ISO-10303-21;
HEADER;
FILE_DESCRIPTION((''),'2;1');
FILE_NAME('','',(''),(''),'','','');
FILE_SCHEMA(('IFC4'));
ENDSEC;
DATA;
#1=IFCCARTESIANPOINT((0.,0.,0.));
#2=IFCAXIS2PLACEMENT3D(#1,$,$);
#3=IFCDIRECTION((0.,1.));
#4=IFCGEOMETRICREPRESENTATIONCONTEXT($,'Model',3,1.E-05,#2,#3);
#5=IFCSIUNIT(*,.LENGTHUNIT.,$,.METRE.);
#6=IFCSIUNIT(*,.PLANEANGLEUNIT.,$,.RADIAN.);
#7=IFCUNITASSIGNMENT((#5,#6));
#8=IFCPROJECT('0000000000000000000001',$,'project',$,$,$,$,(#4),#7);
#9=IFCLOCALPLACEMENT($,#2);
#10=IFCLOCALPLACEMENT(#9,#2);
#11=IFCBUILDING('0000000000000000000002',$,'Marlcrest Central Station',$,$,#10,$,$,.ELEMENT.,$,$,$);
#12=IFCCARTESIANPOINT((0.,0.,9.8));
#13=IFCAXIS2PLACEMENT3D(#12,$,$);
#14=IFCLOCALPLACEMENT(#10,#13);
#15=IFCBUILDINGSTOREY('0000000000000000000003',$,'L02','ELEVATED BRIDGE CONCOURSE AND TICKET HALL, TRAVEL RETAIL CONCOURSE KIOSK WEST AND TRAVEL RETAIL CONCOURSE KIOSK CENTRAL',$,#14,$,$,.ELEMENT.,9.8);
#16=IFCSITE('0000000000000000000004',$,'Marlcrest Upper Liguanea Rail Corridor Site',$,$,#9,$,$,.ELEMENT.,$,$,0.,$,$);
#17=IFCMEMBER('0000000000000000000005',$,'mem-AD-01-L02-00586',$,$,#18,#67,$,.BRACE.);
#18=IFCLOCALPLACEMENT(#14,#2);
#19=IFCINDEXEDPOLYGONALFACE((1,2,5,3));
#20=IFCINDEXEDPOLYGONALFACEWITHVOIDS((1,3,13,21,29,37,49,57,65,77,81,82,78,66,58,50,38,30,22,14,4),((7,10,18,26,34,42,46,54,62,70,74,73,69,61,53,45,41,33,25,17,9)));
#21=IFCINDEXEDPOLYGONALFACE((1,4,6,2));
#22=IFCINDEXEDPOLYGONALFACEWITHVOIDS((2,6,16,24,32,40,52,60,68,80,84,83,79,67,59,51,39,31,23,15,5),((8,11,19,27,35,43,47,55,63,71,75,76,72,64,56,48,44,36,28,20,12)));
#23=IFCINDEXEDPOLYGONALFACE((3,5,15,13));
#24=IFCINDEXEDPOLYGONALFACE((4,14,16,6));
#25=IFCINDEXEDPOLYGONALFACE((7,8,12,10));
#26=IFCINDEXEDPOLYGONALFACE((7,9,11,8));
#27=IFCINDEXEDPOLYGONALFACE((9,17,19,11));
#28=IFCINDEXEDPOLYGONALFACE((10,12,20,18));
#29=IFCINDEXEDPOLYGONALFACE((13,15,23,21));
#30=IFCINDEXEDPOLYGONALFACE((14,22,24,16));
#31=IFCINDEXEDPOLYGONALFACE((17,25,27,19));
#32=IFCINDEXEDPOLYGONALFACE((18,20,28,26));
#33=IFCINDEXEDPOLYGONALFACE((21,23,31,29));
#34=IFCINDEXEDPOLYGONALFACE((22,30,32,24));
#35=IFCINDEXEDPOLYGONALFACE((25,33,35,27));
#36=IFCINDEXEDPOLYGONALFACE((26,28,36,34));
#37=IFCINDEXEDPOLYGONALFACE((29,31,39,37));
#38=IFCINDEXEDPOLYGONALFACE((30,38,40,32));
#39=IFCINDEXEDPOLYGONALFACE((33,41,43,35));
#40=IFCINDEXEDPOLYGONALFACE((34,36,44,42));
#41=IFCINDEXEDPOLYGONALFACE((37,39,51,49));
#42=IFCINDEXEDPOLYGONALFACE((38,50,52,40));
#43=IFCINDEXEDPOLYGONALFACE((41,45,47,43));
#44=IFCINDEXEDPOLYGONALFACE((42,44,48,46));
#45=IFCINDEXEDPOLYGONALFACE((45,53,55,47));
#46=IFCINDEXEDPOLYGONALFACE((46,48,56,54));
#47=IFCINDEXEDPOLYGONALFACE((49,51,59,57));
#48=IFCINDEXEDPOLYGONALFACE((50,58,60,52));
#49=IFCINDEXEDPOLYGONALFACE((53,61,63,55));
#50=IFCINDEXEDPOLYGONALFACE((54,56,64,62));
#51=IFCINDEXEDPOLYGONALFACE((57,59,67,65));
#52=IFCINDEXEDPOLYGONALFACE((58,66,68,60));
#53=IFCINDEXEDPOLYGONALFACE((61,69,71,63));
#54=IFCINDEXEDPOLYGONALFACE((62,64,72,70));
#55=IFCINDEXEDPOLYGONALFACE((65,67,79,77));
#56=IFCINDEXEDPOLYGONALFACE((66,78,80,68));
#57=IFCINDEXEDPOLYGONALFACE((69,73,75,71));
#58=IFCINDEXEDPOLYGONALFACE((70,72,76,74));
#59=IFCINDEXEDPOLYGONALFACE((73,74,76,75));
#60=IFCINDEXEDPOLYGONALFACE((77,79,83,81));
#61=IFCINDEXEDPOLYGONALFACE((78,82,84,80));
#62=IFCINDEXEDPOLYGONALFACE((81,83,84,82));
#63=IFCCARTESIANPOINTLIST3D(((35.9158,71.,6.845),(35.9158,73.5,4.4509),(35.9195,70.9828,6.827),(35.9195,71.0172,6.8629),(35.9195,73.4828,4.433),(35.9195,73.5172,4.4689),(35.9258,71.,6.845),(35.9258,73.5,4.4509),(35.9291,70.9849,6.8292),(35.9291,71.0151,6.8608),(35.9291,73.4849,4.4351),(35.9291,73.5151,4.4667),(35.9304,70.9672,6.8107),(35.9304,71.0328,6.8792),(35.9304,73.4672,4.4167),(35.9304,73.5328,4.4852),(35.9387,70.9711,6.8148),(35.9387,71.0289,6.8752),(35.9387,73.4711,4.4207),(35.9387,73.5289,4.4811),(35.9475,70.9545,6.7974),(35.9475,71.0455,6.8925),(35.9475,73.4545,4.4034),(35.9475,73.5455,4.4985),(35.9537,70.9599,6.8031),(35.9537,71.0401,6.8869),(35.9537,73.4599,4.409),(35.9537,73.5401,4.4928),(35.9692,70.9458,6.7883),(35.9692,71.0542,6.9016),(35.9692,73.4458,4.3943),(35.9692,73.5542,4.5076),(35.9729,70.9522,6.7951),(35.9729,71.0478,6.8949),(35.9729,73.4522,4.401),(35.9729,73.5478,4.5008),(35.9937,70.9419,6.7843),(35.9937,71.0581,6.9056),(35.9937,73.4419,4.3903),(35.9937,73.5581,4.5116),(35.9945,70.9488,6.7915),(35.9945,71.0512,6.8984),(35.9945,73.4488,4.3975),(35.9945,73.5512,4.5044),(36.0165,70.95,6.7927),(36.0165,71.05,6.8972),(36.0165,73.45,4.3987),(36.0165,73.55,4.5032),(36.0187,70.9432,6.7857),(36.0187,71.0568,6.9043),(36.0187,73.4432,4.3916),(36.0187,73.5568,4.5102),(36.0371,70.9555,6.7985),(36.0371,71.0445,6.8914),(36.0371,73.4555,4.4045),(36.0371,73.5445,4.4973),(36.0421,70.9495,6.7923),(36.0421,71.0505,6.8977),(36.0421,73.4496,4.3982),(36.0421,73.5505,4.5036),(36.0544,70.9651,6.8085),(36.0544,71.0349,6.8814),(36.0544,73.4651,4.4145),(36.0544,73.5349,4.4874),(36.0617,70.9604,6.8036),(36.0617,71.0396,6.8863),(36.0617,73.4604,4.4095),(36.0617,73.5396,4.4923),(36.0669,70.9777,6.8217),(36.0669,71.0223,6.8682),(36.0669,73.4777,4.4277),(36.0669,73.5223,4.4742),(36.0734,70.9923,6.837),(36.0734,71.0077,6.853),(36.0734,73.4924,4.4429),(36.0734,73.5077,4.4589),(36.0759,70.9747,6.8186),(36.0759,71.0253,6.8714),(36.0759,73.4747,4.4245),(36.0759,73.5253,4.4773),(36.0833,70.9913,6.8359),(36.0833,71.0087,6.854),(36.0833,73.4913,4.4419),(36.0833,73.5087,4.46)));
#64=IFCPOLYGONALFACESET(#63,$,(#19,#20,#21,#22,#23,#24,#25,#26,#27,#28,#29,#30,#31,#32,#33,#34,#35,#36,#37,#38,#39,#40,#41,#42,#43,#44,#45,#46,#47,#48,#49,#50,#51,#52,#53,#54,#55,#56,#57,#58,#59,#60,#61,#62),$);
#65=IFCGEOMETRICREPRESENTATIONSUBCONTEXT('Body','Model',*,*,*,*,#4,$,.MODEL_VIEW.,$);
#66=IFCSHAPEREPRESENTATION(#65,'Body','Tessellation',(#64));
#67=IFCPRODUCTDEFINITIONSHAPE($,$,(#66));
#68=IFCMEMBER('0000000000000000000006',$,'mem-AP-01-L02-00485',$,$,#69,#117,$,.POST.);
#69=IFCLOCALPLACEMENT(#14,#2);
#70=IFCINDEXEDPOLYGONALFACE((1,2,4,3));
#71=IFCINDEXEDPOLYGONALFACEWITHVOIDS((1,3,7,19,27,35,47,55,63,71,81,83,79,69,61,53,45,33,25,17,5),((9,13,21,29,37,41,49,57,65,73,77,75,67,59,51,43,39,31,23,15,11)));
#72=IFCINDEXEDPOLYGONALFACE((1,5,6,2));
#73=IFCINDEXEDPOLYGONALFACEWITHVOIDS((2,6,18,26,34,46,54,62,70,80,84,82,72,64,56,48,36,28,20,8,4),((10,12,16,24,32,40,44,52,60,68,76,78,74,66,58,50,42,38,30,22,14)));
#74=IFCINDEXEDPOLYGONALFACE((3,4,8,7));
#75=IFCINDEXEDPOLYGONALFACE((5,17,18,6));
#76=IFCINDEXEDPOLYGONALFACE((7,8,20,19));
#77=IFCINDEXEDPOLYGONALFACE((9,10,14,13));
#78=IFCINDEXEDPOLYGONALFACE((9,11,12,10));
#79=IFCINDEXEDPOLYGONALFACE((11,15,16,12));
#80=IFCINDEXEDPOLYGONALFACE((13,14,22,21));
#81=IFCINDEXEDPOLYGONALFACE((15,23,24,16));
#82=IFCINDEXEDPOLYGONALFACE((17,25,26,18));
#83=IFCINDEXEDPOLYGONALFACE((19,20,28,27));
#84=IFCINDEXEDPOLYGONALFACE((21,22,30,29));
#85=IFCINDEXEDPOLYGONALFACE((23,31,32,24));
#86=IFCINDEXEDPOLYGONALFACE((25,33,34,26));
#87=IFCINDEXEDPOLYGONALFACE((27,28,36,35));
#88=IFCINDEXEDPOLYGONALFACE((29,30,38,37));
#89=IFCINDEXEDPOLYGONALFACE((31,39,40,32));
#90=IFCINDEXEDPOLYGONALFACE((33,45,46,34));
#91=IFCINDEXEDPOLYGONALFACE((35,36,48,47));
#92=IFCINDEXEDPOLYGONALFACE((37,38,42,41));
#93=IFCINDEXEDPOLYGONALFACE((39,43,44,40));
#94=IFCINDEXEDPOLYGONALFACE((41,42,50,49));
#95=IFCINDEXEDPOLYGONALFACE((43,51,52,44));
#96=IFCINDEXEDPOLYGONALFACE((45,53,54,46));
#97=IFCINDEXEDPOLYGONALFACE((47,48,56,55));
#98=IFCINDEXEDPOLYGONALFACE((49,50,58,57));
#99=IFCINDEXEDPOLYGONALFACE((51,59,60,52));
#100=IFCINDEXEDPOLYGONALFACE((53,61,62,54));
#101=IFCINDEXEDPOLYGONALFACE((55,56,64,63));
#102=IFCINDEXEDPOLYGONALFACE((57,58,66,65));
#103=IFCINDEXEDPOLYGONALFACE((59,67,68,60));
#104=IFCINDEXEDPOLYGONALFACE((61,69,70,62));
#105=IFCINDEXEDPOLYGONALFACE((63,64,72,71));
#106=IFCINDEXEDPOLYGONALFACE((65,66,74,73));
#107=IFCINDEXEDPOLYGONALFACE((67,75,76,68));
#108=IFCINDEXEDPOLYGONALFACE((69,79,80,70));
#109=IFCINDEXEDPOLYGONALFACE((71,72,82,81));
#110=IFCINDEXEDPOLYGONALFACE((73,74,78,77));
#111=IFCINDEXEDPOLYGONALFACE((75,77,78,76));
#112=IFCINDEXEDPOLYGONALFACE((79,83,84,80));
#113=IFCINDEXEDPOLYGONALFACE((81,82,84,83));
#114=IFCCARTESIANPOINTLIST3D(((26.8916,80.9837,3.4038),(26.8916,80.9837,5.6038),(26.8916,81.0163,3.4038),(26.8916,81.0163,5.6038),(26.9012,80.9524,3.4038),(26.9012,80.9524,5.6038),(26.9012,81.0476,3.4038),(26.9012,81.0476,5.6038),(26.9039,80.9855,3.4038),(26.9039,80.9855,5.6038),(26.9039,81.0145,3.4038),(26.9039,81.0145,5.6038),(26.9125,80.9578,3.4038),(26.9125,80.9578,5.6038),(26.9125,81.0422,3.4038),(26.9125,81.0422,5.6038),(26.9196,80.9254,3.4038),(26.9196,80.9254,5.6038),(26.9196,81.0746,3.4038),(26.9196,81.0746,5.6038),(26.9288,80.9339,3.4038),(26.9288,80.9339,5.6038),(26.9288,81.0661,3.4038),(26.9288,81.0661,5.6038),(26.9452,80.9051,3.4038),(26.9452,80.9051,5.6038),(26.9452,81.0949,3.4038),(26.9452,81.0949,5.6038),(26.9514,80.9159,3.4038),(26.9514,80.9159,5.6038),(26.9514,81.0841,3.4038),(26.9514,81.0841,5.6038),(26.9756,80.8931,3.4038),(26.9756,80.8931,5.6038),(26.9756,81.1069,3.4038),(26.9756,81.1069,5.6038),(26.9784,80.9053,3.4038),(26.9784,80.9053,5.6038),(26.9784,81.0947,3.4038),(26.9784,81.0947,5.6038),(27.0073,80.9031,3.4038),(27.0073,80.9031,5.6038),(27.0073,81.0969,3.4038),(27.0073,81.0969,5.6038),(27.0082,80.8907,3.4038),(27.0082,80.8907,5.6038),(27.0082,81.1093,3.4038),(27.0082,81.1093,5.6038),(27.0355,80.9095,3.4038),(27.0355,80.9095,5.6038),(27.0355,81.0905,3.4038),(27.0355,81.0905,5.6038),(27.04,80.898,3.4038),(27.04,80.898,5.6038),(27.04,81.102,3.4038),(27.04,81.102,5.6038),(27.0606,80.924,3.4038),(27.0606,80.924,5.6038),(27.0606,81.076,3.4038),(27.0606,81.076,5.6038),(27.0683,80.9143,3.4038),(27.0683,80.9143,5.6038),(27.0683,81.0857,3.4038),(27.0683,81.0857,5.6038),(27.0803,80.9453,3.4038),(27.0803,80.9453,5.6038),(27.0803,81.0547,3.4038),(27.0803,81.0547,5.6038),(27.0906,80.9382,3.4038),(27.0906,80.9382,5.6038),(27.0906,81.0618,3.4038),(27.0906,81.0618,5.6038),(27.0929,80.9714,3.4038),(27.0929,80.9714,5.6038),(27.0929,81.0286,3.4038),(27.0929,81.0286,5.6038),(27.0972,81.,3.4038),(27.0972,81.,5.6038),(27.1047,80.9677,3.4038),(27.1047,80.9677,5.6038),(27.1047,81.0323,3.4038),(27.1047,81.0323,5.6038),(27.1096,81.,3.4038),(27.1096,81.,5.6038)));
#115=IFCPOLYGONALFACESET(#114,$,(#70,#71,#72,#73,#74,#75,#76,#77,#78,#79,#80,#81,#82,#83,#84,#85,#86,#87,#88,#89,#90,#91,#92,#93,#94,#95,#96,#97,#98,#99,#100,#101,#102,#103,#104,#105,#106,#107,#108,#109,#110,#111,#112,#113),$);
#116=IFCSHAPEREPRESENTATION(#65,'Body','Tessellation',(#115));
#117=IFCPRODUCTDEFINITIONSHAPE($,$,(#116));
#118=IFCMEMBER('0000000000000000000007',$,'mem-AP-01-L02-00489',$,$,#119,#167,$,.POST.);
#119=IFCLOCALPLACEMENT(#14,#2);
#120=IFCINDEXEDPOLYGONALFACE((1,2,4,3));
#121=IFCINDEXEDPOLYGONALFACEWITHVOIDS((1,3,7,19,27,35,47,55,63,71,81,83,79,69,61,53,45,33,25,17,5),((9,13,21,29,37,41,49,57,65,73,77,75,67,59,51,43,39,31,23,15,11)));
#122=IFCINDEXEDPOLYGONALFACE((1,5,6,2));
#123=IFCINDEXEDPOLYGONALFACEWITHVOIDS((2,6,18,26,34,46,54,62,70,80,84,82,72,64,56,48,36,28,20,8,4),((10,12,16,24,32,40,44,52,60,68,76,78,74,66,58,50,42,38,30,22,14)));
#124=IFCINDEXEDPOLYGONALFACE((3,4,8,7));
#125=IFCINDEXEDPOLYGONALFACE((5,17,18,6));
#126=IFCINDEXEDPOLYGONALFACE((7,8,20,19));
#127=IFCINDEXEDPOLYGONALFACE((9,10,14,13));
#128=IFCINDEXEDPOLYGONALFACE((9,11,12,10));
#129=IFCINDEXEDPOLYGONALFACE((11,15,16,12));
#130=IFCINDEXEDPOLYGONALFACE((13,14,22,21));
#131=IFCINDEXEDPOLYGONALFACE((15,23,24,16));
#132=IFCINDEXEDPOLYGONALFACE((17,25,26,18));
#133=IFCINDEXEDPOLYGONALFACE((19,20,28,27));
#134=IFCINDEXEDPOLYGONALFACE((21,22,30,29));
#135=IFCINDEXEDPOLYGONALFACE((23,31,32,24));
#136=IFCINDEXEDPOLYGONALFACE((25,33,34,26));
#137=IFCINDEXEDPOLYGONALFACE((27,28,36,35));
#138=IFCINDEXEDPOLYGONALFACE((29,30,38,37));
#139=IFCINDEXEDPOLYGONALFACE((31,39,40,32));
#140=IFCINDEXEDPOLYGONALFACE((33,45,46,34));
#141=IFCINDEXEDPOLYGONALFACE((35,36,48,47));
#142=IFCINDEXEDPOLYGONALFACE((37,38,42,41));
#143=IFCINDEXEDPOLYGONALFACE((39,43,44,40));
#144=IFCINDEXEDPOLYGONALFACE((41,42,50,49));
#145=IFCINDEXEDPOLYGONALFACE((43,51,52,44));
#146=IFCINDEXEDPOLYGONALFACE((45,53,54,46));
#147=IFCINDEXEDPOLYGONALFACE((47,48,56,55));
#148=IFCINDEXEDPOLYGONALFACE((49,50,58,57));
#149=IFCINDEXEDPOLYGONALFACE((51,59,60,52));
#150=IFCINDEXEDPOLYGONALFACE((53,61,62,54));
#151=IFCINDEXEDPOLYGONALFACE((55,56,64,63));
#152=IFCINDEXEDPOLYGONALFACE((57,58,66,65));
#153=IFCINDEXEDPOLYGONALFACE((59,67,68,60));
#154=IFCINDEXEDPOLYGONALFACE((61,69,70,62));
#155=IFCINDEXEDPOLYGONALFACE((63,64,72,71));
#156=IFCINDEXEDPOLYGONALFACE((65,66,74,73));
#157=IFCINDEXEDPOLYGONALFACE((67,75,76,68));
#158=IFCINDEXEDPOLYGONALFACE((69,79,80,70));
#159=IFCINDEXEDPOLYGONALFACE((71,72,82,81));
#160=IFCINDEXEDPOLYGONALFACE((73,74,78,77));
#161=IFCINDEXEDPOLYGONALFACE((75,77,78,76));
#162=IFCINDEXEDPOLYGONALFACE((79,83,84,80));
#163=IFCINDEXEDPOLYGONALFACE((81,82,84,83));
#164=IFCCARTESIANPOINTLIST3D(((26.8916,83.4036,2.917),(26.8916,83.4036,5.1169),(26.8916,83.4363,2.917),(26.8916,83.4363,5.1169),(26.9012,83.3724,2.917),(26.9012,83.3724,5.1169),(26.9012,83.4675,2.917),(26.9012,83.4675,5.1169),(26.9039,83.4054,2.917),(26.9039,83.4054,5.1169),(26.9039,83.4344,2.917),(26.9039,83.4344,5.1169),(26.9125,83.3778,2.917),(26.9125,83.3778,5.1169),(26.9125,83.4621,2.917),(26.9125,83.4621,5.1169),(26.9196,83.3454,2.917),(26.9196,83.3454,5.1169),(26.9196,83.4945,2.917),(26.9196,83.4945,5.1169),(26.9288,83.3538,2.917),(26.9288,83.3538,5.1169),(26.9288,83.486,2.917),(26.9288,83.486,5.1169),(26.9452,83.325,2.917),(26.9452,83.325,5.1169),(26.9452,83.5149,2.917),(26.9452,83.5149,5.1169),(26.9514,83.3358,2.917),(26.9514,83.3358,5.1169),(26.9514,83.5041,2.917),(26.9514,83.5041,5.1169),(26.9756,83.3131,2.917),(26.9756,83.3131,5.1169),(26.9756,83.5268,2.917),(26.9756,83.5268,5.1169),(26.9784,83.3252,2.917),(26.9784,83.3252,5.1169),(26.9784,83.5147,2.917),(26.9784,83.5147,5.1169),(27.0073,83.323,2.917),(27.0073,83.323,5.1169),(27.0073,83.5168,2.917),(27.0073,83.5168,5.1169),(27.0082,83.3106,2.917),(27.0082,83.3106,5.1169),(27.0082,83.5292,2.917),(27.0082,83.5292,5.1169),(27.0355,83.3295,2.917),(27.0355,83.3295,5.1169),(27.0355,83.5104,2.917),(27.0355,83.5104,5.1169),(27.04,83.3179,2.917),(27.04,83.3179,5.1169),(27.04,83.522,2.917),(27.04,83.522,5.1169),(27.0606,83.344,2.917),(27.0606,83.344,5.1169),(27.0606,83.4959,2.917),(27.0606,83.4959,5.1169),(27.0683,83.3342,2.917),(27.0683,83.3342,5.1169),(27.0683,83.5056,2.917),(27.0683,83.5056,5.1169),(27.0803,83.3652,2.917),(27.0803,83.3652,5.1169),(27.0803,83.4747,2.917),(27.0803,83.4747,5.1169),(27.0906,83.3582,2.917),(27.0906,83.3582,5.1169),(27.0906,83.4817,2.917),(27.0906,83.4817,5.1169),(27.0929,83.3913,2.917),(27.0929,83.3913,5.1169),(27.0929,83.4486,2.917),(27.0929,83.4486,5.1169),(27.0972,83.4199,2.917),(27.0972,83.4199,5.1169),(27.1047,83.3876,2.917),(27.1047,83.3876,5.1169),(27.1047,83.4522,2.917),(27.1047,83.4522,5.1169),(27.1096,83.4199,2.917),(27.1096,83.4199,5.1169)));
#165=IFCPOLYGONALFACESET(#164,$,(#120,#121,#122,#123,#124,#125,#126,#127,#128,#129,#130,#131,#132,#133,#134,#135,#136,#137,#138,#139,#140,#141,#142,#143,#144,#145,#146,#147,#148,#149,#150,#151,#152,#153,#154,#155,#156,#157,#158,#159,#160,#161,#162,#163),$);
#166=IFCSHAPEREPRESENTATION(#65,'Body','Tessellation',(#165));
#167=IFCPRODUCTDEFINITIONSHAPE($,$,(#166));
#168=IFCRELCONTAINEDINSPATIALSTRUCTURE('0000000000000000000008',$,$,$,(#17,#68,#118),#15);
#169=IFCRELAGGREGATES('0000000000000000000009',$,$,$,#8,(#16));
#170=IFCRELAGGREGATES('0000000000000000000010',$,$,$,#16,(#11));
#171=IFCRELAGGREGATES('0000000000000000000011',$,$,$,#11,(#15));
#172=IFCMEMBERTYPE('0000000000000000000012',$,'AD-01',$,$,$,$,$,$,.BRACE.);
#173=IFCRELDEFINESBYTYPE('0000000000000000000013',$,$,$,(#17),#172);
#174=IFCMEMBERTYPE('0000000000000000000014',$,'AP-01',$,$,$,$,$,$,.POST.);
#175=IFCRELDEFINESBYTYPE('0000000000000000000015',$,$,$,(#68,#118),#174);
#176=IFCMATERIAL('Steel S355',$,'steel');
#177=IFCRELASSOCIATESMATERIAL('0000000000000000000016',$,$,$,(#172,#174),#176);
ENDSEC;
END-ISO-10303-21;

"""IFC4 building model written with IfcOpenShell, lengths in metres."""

from ifc_helpers import new_model, si_unit, direction, frame, origin, origin_2d, place, context, subcontext, project, spatial, hollow_circle, extrude, material, material_profile, profile_set, type_object, element, save


model = new_model("IFC4")

# Units and contexts
model_context = context("Model", 3, precision=1e-05, world=origin(), true_north=direction((0.0, 1.0)))
body_context = subcontext(model_context, "Body", "Model", "MODEL_VIEW")
ifc_project = project(units=[si_unit("LENGTHUNIT", "METRE"), si_unit("PLANEANGLEUNIT", "RADIAN")], contexts=[model_context])

# Site, building, storey
site_placement = place(None, origin())
site = spatial("IfcSite", under=ifc_project, at=site_placement, Name="Marlcrest Upper Liguanea Rail Corridor Site", CompositionType="ELEMENT", RefElevation=0.0)
building_placement = place(site_placement, origin())
building = spatial("IfcBuilding", under=site, at=building_placement, Name="Marlcrest Central Station", CompositionType="ELEMENT")
storey_placement = place(building_placement, frame((0.0, 0.0, 9.8)))
storey = spatial("IfcBuildingStorey", under=building, at=storey_placement, Name="L02", Description="ELEVATED BRIDGE CONCOURSE AND TICKET HALL, TRAVEL RETAIL CONCOURSE KIOSK WEST AND TRAVEL RETAIL CONCOURSE KIOSK CENTRAL", CompositionType="ELEMENT", Elevation=9.8)

# Members
ifc_material_1 = material(Name="Steel S355", Category="steel")
ifc_material_profile_1 = material_profile(ifc_material_1, hollow_circle(Radius=0.0842, WallThickness=0.01, at=origin_2d()), Name="CHS 168.3x10")
ifc_profile_set_1 = profile_set([ifc_material_profile_1], Name="Steel S355")
member_type_1 = type_object("IfcMemberType", Name="AD-01", PredefinedType="BRACE", material=ifc_profile_set_1)
member_1_placement = place(storey_placement, frame((36.0, 71.0, 6.845), z_axis=(0.0, 0.722247, -0.691636), x_axis=(-1.0, 0.0, 0.0)))
element("IfcMember", 1, at=member_1_placement, inside=storey, type_object=member_type_1, Name="mem-AD-01-L02-00586", PredefinedType="BRACE", context=body_context, shape_type="SweptSolid", body=[
    extrude(hollow_circle(Radius=0.0842, WallThickness=0.01, at=origin_2d()), origin(), (0.0, 0.0, 1.0), 3.4614),
])
ifc_material_profile_2 = material_profile(ifc_material_1, hollow_circle(Radius=0.1096, WallThickness=0.0125, at=origin_2d()), Name="CHS 219.1x12.5")
ifc_profile_set_2 = profile_set([ifc_material_profile_2], Name="Steel S355")
member_type_2 = type_object("IfcMemberType", Name="AP-01", PredefinedType="POST", material=ifc_profile_set_2)
for number, where, z_axis, x_axis, name in (
    (2, (27.0, 81.0, 3.4038), (0.0, 0.0, 1.0), (1.0, 0.0, 0.0), "mem-AP-01-L02-00485"),
    (3, (27.0, 83.4199, 2.917), (0.0, 0.0, 1.0), (1.0, 0.0, 0.0), "mem-AP-01-L02-00489"),
):
    element("IfcMember", number, at=place(storey_placement, frame(where, z_axis=z_axis, x_axis=x_axis)), inside=storey, type_object=member_type_2, Name=name, PredefinedType="POST", context=body_context, shape_type="SweptSolid", body=[
        extrude(hollow_circle(Radius=0.1096, WallThickness=0.0125, at=origin_2d()), origin(), (0.0, 0.0, 1.0), 2.2),
    ])

save(model, "model.ifc")
